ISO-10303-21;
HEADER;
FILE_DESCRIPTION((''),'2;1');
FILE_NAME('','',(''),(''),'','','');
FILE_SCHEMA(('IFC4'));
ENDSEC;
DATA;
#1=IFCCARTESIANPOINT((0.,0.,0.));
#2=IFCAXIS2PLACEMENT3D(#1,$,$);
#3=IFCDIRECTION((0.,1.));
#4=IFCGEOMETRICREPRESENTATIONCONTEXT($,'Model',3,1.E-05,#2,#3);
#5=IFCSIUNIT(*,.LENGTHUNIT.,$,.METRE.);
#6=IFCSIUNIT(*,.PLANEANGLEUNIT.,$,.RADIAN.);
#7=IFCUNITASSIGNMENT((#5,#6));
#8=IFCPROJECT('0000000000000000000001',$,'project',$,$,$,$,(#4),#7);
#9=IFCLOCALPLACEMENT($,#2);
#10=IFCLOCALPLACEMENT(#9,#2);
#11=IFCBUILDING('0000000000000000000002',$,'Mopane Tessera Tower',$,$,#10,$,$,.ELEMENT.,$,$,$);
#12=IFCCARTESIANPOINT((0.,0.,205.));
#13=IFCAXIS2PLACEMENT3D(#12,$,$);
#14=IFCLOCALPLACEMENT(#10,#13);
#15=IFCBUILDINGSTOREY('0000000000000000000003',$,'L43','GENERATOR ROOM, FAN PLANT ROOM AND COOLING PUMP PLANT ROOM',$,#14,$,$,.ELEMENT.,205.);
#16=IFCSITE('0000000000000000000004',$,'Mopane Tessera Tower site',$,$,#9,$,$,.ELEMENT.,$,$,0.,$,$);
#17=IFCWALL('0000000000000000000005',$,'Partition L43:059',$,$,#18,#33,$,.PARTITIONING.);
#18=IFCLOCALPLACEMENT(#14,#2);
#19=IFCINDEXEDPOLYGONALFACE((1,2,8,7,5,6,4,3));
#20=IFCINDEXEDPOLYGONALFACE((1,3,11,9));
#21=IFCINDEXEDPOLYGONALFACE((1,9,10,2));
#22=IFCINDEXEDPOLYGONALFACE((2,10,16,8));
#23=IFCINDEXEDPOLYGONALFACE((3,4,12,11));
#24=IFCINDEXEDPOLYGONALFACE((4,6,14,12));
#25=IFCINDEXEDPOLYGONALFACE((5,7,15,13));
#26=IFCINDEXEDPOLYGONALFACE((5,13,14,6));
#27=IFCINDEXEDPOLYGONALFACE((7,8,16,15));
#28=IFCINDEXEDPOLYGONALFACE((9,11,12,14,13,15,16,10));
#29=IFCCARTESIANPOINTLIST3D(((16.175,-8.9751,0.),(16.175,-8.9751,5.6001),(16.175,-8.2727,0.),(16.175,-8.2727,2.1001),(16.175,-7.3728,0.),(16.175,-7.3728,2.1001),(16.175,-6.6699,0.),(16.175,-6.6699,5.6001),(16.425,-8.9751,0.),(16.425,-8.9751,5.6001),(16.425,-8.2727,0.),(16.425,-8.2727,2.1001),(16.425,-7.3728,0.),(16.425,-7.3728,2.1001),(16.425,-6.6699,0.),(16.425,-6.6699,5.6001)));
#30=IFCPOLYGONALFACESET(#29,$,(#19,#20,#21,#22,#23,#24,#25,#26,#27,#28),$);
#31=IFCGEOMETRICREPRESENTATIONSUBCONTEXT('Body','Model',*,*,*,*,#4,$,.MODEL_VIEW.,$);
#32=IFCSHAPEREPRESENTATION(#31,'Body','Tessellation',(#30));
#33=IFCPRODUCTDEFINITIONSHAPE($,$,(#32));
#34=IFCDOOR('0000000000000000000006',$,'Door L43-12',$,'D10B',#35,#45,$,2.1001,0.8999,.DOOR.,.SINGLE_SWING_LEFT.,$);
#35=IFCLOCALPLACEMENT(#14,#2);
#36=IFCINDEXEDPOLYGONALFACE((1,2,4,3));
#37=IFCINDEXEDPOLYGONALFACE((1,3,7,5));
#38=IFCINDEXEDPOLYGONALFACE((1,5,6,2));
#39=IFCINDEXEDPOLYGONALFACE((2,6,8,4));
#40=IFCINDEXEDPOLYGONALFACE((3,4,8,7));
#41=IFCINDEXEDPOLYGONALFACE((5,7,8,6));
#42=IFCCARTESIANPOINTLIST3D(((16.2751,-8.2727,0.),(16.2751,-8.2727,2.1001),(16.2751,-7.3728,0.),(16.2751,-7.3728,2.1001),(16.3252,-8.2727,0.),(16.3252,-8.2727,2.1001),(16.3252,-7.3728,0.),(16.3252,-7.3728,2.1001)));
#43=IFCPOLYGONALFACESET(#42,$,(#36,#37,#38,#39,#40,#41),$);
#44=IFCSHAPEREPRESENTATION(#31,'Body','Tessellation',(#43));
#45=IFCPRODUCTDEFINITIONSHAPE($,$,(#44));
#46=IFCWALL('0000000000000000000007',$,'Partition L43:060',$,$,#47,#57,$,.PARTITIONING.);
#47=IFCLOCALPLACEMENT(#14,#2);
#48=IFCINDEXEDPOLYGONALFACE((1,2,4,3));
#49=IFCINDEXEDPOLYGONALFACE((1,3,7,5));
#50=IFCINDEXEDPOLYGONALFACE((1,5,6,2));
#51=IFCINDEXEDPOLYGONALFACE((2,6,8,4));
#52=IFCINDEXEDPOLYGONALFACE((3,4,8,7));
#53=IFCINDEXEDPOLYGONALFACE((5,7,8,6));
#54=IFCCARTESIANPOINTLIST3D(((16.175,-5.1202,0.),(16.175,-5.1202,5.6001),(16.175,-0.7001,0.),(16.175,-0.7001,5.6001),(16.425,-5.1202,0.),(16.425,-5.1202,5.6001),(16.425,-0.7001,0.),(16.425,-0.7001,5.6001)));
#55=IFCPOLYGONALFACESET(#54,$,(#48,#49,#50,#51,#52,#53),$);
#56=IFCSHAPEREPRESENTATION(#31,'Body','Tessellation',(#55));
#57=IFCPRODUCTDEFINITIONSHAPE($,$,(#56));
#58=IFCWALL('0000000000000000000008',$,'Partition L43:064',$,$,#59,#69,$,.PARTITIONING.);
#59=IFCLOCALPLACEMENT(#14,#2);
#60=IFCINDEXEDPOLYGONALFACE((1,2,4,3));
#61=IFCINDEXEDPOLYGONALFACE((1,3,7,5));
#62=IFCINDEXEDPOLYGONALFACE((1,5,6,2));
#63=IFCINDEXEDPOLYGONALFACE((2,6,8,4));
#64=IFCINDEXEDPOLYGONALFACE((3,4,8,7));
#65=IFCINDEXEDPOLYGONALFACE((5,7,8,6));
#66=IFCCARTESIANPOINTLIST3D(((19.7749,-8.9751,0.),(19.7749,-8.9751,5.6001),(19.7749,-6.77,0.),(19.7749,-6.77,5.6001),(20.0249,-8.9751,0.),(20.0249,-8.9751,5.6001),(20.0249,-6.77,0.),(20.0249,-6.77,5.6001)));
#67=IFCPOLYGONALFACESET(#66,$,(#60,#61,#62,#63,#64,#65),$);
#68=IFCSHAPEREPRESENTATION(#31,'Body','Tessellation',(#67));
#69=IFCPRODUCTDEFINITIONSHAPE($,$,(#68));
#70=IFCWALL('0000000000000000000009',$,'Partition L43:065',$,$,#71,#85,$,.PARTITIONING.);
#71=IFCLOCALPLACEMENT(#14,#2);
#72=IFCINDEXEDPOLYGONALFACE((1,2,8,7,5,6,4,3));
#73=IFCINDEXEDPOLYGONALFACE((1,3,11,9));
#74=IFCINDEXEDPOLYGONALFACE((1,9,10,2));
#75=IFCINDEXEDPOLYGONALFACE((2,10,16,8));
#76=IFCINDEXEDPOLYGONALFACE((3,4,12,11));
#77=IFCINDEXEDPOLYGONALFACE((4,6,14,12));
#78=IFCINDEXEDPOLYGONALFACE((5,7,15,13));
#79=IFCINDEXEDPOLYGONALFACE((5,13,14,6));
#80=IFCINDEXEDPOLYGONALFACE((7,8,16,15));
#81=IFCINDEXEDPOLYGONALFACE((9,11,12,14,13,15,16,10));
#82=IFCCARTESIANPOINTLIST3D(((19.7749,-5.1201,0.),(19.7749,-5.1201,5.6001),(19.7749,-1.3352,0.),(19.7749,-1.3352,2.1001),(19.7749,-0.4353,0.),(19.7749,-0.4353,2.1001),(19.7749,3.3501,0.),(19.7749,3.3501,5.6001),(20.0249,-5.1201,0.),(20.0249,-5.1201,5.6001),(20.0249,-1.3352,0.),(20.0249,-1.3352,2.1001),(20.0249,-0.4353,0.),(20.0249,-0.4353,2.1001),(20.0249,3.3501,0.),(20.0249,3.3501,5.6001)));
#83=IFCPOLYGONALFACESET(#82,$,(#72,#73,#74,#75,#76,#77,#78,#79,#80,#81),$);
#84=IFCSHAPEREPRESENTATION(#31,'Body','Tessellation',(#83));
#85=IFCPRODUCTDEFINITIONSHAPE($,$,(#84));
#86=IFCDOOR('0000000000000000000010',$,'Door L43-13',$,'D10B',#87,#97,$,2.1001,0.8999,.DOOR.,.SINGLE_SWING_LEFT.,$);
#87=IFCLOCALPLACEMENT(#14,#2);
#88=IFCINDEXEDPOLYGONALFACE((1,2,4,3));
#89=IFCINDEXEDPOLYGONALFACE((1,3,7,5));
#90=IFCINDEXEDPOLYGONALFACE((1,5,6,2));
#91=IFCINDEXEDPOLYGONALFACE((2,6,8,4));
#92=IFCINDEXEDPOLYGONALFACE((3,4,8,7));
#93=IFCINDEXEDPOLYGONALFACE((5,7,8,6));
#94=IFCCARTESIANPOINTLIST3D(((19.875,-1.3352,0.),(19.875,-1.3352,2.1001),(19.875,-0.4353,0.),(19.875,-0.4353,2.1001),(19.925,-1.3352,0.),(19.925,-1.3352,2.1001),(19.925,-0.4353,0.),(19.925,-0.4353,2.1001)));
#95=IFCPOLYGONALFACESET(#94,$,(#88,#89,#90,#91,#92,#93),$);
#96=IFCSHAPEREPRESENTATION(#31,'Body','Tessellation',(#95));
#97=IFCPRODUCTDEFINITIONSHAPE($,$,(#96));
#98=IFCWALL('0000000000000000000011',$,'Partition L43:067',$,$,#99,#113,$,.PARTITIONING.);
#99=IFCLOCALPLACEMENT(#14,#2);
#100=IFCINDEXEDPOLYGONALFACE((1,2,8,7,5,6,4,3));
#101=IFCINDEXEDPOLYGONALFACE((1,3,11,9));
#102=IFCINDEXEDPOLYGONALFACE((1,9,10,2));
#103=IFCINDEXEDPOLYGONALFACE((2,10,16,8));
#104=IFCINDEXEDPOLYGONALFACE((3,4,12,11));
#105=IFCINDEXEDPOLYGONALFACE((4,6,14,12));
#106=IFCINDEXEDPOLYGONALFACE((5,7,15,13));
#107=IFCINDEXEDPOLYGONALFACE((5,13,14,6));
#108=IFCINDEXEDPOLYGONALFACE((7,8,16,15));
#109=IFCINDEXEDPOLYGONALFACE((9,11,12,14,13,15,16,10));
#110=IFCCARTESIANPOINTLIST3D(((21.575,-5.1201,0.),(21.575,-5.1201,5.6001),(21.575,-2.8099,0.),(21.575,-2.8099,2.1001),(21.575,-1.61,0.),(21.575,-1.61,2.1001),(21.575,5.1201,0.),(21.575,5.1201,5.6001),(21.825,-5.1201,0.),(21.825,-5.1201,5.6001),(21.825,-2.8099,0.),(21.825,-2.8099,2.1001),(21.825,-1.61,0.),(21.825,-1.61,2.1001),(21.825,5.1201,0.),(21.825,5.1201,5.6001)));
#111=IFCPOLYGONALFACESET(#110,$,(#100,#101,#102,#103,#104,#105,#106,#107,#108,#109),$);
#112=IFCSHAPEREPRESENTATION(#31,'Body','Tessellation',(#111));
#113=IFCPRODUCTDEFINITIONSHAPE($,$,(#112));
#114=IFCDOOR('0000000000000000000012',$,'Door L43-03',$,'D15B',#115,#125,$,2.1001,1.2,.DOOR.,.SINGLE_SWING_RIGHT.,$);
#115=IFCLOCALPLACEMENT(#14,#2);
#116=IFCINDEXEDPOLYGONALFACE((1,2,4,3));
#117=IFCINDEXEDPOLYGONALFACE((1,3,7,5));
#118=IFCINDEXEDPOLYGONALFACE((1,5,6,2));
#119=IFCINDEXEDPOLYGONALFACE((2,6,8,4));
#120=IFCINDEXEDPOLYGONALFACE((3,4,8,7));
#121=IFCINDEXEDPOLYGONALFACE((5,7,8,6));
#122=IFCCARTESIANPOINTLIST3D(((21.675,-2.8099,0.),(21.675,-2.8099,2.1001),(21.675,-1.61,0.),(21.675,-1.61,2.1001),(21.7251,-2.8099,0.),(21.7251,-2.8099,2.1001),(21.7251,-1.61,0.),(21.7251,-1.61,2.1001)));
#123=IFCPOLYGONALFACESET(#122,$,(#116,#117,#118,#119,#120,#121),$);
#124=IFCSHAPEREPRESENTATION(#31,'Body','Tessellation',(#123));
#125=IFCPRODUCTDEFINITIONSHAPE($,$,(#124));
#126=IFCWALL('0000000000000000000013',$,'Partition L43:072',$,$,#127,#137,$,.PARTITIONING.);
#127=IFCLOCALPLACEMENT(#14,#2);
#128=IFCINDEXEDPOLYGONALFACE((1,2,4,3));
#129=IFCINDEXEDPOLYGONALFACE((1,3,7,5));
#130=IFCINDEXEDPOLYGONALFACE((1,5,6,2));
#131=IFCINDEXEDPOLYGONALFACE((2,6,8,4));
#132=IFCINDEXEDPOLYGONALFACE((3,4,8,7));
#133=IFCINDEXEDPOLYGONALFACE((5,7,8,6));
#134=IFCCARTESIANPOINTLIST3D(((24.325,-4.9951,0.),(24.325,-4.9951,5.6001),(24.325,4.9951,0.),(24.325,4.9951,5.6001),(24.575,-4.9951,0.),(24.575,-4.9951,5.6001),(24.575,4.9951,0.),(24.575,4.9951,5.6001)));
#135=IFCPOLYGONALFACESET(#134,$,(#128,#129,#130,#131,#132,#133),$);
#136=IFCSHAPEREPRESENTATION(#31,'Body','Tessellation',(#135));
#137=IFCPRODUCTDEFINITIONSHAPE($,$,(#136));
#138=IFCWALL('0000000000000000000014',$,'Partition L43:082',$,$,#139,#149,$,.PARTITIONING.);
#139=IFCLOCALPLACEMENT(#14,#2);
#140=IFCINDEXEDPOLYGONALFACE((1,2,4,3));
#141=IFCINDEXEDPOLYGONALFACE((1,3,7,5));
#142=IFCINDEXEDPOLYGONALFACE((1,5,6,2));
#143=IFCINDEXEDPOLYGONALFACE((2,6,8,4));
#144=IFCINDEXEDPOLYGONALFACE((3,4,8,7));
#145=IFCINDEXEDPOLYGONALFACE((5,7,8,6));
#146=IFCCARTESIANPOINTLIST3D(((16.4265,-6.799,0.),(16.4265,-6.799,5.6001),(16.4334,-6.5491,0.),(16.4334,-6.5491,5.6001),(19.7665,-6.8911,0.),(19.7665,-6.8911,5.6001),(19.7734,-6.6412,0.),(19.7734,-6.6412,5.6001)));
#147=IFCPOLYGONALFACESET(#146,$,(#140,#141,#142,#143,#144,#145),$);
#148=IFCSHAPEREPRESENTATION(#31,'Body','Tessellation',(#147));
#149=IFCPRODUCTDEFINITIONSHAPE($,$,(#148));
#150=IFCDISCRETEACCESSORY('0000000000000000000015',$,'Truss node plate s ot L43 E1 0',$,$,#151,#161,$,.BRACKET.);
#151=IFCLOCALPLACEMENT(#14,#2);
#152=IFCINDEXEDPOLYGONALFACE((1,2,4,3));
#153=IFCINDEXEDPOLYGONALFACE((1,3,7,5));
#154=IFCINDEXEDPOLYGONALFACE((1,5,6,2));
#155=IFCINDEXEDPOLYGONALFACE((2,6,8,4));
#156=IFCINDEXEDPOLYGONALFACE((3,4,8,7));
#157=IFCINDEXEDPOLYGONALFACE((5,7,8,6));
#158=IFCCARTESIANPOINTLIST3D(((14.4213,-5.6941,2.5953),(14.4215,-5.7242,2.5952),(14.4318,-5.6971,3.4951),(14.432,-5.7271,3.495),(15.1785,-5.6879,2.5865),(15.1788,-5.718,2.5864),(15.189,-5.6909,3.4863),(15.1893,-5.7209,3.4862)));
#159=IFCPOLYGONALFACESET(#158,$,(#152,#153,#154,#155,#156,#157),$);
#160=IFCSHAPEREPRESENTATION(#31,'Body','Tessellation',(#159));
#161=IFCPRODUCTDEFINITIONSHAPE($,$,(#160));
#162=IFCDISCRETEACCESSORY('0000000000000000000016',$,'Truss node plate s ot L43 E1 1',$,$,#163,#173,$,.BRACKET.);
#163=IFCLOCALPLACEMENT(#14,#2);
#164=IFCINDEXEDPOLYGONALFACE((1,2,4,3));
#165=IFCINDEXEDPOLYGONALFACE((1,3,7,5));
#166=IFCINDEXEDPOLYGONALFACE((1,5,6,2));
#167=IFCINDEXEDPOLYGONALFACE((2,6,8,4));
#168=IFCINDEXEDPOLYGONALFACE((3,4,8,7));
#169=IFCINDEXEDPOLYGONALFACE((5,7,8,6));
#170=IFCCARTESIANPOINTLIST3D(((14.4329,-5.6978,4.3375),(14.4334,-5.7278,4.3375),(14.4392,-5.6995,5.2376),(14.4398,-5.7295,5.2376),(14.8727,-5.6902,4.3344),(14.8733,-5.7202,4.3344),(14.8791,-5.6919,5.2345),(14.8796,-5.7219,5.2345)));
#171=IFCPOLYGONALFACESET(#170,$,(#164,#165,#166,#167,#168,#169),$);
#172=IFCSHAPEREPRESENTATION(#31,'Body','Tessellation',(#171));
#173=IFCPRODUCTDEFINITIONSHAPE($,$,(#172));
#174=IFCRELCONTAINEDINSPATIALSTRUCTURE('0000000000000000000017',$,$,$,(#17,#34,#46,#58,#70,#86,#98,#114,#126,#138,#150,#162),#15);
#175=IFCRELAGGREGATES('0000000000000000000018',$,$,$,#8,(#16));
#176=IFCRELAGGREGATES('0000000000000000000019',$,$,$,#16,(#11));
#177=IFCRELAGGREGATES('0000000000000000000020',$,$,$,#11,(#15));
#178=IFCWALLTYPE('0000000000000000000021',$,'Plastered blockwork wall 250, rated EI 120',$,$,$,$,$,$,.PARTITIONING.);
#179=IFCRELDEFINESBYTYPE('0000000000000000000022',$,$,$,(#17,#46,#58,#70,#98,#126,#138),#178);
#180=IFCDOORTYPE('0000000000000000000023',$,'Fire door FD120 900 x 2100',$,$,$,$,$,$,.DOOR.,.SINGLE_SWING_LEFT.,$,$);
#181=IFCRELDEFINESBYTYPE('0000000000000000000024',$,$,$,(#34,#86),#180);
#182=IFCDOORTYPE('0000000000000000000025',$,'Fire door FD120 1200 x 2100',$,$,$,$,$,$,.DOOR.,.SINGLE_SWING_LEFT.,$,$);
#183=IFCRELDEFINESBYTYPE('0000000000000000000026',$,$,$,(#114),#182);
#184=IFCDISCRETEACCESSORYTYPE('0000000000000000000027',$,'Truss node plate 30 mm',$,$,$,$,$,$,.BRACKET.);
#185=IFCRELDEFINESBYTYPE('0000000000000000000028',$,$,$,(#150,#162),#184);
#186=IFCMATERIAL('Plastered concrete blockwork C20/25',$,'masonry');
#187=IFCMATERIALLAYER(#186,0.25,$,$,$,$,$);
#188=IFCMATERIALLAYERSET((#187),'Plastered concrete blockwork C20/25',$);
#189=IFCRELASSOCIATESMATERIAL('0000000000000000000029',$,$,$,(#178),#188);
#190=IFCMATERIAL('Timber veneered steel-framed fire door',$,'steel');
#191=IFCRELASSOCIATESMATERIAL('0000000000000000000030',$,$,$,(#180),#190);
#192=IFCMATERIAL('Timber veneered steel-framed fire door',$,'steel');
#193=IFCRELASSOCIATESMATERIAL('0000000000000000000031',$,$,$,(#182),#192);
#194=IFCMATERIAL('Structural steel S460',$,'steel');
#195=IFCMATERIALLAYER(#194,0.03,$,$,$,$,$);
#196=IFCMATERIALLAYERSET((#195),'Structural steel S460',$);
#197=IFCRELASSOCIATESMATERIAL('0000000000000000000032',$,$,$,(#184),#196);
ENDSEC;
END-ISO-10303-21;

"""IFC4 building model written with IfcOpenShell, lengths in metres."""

from ifc_helpers import new_model, si_unit, direction, frame, frame_2d, origin, origin_2d, place, context, subcontext, project, spatial, rectangle, extrude, material, layer, layer_set, type_object, element, fill, save


model = new_model("IFC4")

# Units and contexts
model_context = context("Model", 3, precision=1e-05, world=origin(), true_north=direction((0.0, 1.0)))
body_context = subcontext(model_context, "Body", "Model", "MODEL_VIEW")
ifc_project = project(units=[si_unit("LENGTHUNIT", "METRE"), si_unit("PLANEANGLEUNIT", "RADIAN")], contexts=[model_context])

# Site, building, storey
site_placement = place(None, origin())
site = spatial("IfcSite", under=ifc_project, at=site_placement, Name="Mopane Tessera Tower site", CompositionType="ELEMENT", RefElevation=0.0)
building_placement = place(site_placement, origin())
building = spatial("IfcBuilding", under=site, at=building_placement, Name="Mopane Tessera Tower", CompositionType="ELEMENT")
storey_placement = place(building_placement, frame((0.0, 0.0, 205.0)))
storey = spatial("IfcBuildingStorey", under=building, at=storey_placement, Name="L43", Description="GENERATOR ROOM, FAN PLANT ROOM AND COOLING PUMP PLANT ROOM", CompositionType="ELEMENT", Elevation=205.0)

# Shared definitions
ifc_material_1 = material(Name="Plastered concrete blockwork C20/25", Category="masonry")
ifc_layer_1 = layer(ifc_material_1, 0.25)
ifc_layer_set_1 = layer_set([ifc_layer_1], Name="Plastered concrete blockwork C20/25")
wall_type = type_object("IfcWallType", Name="Plastered blockwork wall 250, rated EI 120", PredefinedType="PARTITIONING", material=ifc_layer_set_1)

# Wall, opening, door
wall_1_placement = place(storey_placement, frame((16.3, -8.9751, 0.0), z_axis=(0.0, 0.0, 1.0), x_axis=(0.0, 1.0, 0.0)))
wall_1 = element("IfcWall", 1, at=wall_1_placement, inside=storey, type_object=wall_type, Name="Partition L43:059", PredefinedType="PARTITIONING", context=body_context, shape_type="SweptSolid", body=[
    extrude(rectangle(XDim=2.3052, YDim=0.25, at=frame_2d((1.1526, 0.0))), origin(), (0.0, 0.0, 1.0), 5.6001),
])
opening_1_placement = place(wall_1_placement, frame((0.7024, 0.0, 0.0)))
opening_1 = element("IfcOpeningElement", 2, at=opening_1_placement, cuts=wall_1, PredefinedType="OPENING", context=body_context, shape_type="SweptSolid", body=[
    extrude(rectangle(XDim=0.8999, YDim=2.1001, at=frame_2d((0.45, 1.05))), frame((0.0, 0.137, 0.0), z_axis=(0.0, -1.0, 0.0), x_axis=(1.0, 0.0, 0.0)), (0.0, 0.0, 1.0), 0.2739),
])
ifc_material_2 = material(Name="Timber veneered steel-framed fire door", Category="steel")
door_type_1 = type_object("IfcDoorType", Name="Fire door FD120 900 x 2100", OperationType="SINGLE_SWING_LEFT", PredefinedType="DOOR", material=ifc_material_2)
door_1_placement = place(opening_1_placement, origin())
door_1 = element("IfcDoor", 3, at=door_1_placement, inside=storey, type_object=door_type_1, Name="Door L43-12", ObjectType="D10B", OperationType="SINGLE_SWING_LEFT", OverallHeight=2.1001, OverallWidth=0.8999, PredefinedType="DOOR", context=body_context, shape_type="SweptSolid", body=[
    extrude(rectangle(XDim=0.8999, YDim=2.1001, at=frame_2d((0.45, 1.05))), frame((0.0, 0.0249, 0.0), z_axis=(0.0, -1.0, 0.0), x_axis=(1.0, 0.0, 0.0)), (0.0, 0.0, 1.0), 0.05),
])
fill(opening_1, door_1)

# Walls
wall_2_placement = place(storey_placement, frame((16.3, -5.1201, 0.0), z_axis=(0.0, 0.0, 1.0), x_axis=(0.0, 1.0, 0.0)))
element("IfcWall", 4, at=wall_2_placement, inside=storey, type_object=wall_type, Name="Partition L43:060", PredefinedType="PARTITIONING", context=body_context, shape_type="SweptSolid", body=[
    extrude(rectangle(XDim=4.4202, YDim=0.25, at=frame_2d((2.21, 0.0))), origin(), (0.0, 0.0, 1.0), 5.6001),
])
wall_3_placement = place(storey_placement, frame((19.8999, -8.9751, 0.0), z_axis=(0.0, 0.0, 1.0), x_axis=(0.0, 1.0, 0.0)))
element("IfcWall", 5, at=wall_3_placement, inside=storey, type_object=wall_type, Name="Partition L43:064", PredefinedType="PARTITIONING", context=body_context, shape_type="SweptSolid", body=[
    extrude(rectangle(XDim=2.2051, YDim=0.25, at=frame_2d((1.1025, 0.0))), origin(), (0.0, 0.0, 1.0), 5.6001),
])

# Walls, openings, doors
wall_4_placement = place(storey_placement, frame((19.8999, -5.1201, 0.0), z_axis=(0.0, 0.0, 1.0), x_axis=(0.0, 1.0, 0.0)))
wall_4 = element("IfcWall", 6, at=wall_4_placement, inside=storey, type_object=wall_type, Name="Partition L43:065", PredefinedType="PARTITIONING", context=body_context, shape_type="SweptSolid", body=[
    extrude(rectangle(XDim=8.4702, YDim=0.25, at=frame_2d((4.2351, 0.0))), origin(), (0.0, 0.0, 1.0), 5.6001),
])
opening_2_placement = place(wall_4_placement, frame((3.7849, 0.0, 0.0)))
opening_2 = element("IfcOpeningElement", 7, at=opening_2_placement, cuts=wall_4, PredefinedType="OPENING", context=body_context, shape_type="SweptSolid", body=[
    extrude(rectangle(XDim=0.8999, YDim=2.1001, at=frame_2d((0.45, 1.05))), frame((0.0, 0.137, 0.0), z_axis=(0.0, -1.0, 0.0), x_axis=(1.0, 0.0, 0.0)), (0.0, 0.0, 1.0), 0.2739),
])
door_2_placement = place(opening_2_placement, origin())
door_2 = element("IfcDoor", 8, at=door_2_placement, inside=storey, type_object=door_type_1, Name="Door L43-13", ObjectType="D10B", OperationType="SINGLE_SWING_LEFT", OverallHeight=2.1001, OverallWidth=0.8999, PredefinedType="DOOR", context=body_context, shape_type="SweptSolid", body=[
    extrude(rectangle(XDim=0.8999, YDim=2.1001, at=frame_2d((0.45, 1.05))), frame((0.0, 0.0249, 0.0), z_axis=(0.0, -1.0, 0.0), x_axis=(1.0, 0.0, 0.0)), (0.0, 0.0, 1.0), 0.05),
])
fill(opening_2, door_2)
wall_5_placement = place(storey_placement, frame((21.7, -5.1201, 0.0), z_axis=(0.0, 0.0, 1.0), x_axis=(0.0, 1.0, 0.0)))
wall_5 = element("IfcWall", 9, at=wall_5_placement, inside=storey, type_object=wall_type, Name="Partition L43:067", PredefinedType="PARTITIONING", context=body_context, shape_type="SweptSolid", body=[
    extrude(rectangle(XDim=10.2402, YDim=0.25, at=frame_2d((5.1201, 0.0))), origin(), (0.0, 0.0, 1.0), 5.6001),
])
opening_3_placement = place(wall_5_placement, frame((2.3101, 0.0, 0.0)))
opening_3 = element("IfcOpeningElement", 10, at=opening_3_placement, cuts=wall_5, PredefinedType="OPENING", context=body_context, shape_type="SweptSolid", body=[
    extrude(rectangle(XDim=1.2, YDim=2.1001, at=frame_2d((0.6001, 1.05))), frame((0.0, 0.137, 0.0), z_axis=(0.0, -1.0, 0.0), x_axis=(1.0, 0.0, 0.0)), (0.0, 0.0, 1.0), 0.2739),
])
ifc_material_3 = material(Name="Timber veneered steel-framed fire door", Category="steel")
door_type_2 = type_object("IfcDoorType", Name="Fire door FD120 1200 x 2100", OperationType="SINGLE_SWING_LEFT", PredefinedType="DOOR", material=ifc_material_3)
door_3_placement = place(opening_3_placement, origin())
door_3 = element("IfcDoor", 11, at=door_3_placement, inside=storey, type_object=door_type_2, Name="Door L43-03", ObjectType="D15B", OperationType="SINGLE_SWING_RIGHT", OverallHeight=2.1001, OverallWidth=1.2, PredefinedType="DOOR", context=body_context, shape_type="SweptSolid", body=[
    extrude(rectangle(XDim=1.2, YDim=2.1001, at=frame_2d((0.6001, 1.05))), frame((0.0, 0.0249, 0.0), z_axis=(0.0, -1.0, 0.0), x_axis=(1.0, 0.0, 0.0)), (0.0, 0.0, 1.0), 0.05),
])
fill(opening_3, door_3)

# Walls
wall_6_placement = place(storey_placement, frame((24.45, -4.9951, 0.0), z_axis=(0.0, 0.0, 1.0), x_axis=(0.0, 1.0, 0.0)))
element("IfcWall", 12, at=wall_6_placement, inside=storey, type_object=wall_type, Name="Partition L43:072", PredefinedType="PARTITIONING", context=body_context, shape_type="SweptSolid", body=[
    extrude(rectangle(XDim=9.9902, YDim=0.25, at=frame_2d((4.9951, 0.0))), origin(), (0.0, 0.0, 1.0), 5.6001),
])
wall_7_placement = place(storey_placement, frame((16.4299, -6.6741, 0.0), z_axis=(0.0, 0.0, 1.0), x_axis=(0.999621, -0.027546, 0.0)))
element("IfcWall", 13, at=wall_7_placement, inside=storey, type_object=wall_type, Name="Partition L43:082", PredefinedType="PARTITIONING", context=body_context, shape_type="SweptSolid", body=[
    extrude(rectangle(XDim=3.3413, YDim=0.25, at=frame_2d((1.6707, 0.0))), origin(), (0.0, 0.0, 1.0), 5.6001),
])

# Discrete accessories
ifc_material_4 = material(Name="Structural steel S460", Category="steel")
ifc_layer_2 = layer(ifc_material_4, 0.03)
ifc_layer_set_2 = layer_set([ifc_layer_2], Name="Structural steel S460")
discrete_accessory_type = type_object("IfcDiscreteAccessoryType", Name="Truss node plate 30 mm", PredefinedType="BRACKET", material=ifc_layer_set_2)
discrete_accessory_1_placement = place(storey_placement, frame((14.8, -5.7061, 2.5908), z_axis=(0.011665, -0.003255, 0.999927), x_axis=(-0.008172, 0.999961, 0.003351)))
element("IfcDiscreteAccessory", 14, at=discrete_accessory_1_placement, inside=storey, type_object=discrete_accessory_type, Name="Truss node plate s ot L43 E1 0", PredefinedType="BRACKET", context=body_context, shape_type="SweptSolid", body=[
    extrude(rectangle(XDim=0.03, YDim=0.7573, at=origin_2d()), origin(), (0.0, 0.0, 1.0), 0.8999),
])
discrete_accessory_2_placement = place(storey_placement, frame((14.6531, -5.709, 4.3359), z_axis=(0.007052, -0.001899, 0.999973), x_axis=(-0.017347, 0.999847, 0.002021)))
element("IfcDiscreteAccessory", 15, at=discrete_accessory_2_placement, inside=storey, type_object=discrete_accessory_type, Name="Truss node plate s ot L43 E1 1", PredefinedType="BRACKET", context=body_context, shape_type="SweptSolid", body=[
    extrude(rectangle(XDim=0.03, YDim=0.4399, at=origin_2d()), origin(), (0.0, 0.0, 1.0), 0.9001),
])

save(model, "model.ifc")
